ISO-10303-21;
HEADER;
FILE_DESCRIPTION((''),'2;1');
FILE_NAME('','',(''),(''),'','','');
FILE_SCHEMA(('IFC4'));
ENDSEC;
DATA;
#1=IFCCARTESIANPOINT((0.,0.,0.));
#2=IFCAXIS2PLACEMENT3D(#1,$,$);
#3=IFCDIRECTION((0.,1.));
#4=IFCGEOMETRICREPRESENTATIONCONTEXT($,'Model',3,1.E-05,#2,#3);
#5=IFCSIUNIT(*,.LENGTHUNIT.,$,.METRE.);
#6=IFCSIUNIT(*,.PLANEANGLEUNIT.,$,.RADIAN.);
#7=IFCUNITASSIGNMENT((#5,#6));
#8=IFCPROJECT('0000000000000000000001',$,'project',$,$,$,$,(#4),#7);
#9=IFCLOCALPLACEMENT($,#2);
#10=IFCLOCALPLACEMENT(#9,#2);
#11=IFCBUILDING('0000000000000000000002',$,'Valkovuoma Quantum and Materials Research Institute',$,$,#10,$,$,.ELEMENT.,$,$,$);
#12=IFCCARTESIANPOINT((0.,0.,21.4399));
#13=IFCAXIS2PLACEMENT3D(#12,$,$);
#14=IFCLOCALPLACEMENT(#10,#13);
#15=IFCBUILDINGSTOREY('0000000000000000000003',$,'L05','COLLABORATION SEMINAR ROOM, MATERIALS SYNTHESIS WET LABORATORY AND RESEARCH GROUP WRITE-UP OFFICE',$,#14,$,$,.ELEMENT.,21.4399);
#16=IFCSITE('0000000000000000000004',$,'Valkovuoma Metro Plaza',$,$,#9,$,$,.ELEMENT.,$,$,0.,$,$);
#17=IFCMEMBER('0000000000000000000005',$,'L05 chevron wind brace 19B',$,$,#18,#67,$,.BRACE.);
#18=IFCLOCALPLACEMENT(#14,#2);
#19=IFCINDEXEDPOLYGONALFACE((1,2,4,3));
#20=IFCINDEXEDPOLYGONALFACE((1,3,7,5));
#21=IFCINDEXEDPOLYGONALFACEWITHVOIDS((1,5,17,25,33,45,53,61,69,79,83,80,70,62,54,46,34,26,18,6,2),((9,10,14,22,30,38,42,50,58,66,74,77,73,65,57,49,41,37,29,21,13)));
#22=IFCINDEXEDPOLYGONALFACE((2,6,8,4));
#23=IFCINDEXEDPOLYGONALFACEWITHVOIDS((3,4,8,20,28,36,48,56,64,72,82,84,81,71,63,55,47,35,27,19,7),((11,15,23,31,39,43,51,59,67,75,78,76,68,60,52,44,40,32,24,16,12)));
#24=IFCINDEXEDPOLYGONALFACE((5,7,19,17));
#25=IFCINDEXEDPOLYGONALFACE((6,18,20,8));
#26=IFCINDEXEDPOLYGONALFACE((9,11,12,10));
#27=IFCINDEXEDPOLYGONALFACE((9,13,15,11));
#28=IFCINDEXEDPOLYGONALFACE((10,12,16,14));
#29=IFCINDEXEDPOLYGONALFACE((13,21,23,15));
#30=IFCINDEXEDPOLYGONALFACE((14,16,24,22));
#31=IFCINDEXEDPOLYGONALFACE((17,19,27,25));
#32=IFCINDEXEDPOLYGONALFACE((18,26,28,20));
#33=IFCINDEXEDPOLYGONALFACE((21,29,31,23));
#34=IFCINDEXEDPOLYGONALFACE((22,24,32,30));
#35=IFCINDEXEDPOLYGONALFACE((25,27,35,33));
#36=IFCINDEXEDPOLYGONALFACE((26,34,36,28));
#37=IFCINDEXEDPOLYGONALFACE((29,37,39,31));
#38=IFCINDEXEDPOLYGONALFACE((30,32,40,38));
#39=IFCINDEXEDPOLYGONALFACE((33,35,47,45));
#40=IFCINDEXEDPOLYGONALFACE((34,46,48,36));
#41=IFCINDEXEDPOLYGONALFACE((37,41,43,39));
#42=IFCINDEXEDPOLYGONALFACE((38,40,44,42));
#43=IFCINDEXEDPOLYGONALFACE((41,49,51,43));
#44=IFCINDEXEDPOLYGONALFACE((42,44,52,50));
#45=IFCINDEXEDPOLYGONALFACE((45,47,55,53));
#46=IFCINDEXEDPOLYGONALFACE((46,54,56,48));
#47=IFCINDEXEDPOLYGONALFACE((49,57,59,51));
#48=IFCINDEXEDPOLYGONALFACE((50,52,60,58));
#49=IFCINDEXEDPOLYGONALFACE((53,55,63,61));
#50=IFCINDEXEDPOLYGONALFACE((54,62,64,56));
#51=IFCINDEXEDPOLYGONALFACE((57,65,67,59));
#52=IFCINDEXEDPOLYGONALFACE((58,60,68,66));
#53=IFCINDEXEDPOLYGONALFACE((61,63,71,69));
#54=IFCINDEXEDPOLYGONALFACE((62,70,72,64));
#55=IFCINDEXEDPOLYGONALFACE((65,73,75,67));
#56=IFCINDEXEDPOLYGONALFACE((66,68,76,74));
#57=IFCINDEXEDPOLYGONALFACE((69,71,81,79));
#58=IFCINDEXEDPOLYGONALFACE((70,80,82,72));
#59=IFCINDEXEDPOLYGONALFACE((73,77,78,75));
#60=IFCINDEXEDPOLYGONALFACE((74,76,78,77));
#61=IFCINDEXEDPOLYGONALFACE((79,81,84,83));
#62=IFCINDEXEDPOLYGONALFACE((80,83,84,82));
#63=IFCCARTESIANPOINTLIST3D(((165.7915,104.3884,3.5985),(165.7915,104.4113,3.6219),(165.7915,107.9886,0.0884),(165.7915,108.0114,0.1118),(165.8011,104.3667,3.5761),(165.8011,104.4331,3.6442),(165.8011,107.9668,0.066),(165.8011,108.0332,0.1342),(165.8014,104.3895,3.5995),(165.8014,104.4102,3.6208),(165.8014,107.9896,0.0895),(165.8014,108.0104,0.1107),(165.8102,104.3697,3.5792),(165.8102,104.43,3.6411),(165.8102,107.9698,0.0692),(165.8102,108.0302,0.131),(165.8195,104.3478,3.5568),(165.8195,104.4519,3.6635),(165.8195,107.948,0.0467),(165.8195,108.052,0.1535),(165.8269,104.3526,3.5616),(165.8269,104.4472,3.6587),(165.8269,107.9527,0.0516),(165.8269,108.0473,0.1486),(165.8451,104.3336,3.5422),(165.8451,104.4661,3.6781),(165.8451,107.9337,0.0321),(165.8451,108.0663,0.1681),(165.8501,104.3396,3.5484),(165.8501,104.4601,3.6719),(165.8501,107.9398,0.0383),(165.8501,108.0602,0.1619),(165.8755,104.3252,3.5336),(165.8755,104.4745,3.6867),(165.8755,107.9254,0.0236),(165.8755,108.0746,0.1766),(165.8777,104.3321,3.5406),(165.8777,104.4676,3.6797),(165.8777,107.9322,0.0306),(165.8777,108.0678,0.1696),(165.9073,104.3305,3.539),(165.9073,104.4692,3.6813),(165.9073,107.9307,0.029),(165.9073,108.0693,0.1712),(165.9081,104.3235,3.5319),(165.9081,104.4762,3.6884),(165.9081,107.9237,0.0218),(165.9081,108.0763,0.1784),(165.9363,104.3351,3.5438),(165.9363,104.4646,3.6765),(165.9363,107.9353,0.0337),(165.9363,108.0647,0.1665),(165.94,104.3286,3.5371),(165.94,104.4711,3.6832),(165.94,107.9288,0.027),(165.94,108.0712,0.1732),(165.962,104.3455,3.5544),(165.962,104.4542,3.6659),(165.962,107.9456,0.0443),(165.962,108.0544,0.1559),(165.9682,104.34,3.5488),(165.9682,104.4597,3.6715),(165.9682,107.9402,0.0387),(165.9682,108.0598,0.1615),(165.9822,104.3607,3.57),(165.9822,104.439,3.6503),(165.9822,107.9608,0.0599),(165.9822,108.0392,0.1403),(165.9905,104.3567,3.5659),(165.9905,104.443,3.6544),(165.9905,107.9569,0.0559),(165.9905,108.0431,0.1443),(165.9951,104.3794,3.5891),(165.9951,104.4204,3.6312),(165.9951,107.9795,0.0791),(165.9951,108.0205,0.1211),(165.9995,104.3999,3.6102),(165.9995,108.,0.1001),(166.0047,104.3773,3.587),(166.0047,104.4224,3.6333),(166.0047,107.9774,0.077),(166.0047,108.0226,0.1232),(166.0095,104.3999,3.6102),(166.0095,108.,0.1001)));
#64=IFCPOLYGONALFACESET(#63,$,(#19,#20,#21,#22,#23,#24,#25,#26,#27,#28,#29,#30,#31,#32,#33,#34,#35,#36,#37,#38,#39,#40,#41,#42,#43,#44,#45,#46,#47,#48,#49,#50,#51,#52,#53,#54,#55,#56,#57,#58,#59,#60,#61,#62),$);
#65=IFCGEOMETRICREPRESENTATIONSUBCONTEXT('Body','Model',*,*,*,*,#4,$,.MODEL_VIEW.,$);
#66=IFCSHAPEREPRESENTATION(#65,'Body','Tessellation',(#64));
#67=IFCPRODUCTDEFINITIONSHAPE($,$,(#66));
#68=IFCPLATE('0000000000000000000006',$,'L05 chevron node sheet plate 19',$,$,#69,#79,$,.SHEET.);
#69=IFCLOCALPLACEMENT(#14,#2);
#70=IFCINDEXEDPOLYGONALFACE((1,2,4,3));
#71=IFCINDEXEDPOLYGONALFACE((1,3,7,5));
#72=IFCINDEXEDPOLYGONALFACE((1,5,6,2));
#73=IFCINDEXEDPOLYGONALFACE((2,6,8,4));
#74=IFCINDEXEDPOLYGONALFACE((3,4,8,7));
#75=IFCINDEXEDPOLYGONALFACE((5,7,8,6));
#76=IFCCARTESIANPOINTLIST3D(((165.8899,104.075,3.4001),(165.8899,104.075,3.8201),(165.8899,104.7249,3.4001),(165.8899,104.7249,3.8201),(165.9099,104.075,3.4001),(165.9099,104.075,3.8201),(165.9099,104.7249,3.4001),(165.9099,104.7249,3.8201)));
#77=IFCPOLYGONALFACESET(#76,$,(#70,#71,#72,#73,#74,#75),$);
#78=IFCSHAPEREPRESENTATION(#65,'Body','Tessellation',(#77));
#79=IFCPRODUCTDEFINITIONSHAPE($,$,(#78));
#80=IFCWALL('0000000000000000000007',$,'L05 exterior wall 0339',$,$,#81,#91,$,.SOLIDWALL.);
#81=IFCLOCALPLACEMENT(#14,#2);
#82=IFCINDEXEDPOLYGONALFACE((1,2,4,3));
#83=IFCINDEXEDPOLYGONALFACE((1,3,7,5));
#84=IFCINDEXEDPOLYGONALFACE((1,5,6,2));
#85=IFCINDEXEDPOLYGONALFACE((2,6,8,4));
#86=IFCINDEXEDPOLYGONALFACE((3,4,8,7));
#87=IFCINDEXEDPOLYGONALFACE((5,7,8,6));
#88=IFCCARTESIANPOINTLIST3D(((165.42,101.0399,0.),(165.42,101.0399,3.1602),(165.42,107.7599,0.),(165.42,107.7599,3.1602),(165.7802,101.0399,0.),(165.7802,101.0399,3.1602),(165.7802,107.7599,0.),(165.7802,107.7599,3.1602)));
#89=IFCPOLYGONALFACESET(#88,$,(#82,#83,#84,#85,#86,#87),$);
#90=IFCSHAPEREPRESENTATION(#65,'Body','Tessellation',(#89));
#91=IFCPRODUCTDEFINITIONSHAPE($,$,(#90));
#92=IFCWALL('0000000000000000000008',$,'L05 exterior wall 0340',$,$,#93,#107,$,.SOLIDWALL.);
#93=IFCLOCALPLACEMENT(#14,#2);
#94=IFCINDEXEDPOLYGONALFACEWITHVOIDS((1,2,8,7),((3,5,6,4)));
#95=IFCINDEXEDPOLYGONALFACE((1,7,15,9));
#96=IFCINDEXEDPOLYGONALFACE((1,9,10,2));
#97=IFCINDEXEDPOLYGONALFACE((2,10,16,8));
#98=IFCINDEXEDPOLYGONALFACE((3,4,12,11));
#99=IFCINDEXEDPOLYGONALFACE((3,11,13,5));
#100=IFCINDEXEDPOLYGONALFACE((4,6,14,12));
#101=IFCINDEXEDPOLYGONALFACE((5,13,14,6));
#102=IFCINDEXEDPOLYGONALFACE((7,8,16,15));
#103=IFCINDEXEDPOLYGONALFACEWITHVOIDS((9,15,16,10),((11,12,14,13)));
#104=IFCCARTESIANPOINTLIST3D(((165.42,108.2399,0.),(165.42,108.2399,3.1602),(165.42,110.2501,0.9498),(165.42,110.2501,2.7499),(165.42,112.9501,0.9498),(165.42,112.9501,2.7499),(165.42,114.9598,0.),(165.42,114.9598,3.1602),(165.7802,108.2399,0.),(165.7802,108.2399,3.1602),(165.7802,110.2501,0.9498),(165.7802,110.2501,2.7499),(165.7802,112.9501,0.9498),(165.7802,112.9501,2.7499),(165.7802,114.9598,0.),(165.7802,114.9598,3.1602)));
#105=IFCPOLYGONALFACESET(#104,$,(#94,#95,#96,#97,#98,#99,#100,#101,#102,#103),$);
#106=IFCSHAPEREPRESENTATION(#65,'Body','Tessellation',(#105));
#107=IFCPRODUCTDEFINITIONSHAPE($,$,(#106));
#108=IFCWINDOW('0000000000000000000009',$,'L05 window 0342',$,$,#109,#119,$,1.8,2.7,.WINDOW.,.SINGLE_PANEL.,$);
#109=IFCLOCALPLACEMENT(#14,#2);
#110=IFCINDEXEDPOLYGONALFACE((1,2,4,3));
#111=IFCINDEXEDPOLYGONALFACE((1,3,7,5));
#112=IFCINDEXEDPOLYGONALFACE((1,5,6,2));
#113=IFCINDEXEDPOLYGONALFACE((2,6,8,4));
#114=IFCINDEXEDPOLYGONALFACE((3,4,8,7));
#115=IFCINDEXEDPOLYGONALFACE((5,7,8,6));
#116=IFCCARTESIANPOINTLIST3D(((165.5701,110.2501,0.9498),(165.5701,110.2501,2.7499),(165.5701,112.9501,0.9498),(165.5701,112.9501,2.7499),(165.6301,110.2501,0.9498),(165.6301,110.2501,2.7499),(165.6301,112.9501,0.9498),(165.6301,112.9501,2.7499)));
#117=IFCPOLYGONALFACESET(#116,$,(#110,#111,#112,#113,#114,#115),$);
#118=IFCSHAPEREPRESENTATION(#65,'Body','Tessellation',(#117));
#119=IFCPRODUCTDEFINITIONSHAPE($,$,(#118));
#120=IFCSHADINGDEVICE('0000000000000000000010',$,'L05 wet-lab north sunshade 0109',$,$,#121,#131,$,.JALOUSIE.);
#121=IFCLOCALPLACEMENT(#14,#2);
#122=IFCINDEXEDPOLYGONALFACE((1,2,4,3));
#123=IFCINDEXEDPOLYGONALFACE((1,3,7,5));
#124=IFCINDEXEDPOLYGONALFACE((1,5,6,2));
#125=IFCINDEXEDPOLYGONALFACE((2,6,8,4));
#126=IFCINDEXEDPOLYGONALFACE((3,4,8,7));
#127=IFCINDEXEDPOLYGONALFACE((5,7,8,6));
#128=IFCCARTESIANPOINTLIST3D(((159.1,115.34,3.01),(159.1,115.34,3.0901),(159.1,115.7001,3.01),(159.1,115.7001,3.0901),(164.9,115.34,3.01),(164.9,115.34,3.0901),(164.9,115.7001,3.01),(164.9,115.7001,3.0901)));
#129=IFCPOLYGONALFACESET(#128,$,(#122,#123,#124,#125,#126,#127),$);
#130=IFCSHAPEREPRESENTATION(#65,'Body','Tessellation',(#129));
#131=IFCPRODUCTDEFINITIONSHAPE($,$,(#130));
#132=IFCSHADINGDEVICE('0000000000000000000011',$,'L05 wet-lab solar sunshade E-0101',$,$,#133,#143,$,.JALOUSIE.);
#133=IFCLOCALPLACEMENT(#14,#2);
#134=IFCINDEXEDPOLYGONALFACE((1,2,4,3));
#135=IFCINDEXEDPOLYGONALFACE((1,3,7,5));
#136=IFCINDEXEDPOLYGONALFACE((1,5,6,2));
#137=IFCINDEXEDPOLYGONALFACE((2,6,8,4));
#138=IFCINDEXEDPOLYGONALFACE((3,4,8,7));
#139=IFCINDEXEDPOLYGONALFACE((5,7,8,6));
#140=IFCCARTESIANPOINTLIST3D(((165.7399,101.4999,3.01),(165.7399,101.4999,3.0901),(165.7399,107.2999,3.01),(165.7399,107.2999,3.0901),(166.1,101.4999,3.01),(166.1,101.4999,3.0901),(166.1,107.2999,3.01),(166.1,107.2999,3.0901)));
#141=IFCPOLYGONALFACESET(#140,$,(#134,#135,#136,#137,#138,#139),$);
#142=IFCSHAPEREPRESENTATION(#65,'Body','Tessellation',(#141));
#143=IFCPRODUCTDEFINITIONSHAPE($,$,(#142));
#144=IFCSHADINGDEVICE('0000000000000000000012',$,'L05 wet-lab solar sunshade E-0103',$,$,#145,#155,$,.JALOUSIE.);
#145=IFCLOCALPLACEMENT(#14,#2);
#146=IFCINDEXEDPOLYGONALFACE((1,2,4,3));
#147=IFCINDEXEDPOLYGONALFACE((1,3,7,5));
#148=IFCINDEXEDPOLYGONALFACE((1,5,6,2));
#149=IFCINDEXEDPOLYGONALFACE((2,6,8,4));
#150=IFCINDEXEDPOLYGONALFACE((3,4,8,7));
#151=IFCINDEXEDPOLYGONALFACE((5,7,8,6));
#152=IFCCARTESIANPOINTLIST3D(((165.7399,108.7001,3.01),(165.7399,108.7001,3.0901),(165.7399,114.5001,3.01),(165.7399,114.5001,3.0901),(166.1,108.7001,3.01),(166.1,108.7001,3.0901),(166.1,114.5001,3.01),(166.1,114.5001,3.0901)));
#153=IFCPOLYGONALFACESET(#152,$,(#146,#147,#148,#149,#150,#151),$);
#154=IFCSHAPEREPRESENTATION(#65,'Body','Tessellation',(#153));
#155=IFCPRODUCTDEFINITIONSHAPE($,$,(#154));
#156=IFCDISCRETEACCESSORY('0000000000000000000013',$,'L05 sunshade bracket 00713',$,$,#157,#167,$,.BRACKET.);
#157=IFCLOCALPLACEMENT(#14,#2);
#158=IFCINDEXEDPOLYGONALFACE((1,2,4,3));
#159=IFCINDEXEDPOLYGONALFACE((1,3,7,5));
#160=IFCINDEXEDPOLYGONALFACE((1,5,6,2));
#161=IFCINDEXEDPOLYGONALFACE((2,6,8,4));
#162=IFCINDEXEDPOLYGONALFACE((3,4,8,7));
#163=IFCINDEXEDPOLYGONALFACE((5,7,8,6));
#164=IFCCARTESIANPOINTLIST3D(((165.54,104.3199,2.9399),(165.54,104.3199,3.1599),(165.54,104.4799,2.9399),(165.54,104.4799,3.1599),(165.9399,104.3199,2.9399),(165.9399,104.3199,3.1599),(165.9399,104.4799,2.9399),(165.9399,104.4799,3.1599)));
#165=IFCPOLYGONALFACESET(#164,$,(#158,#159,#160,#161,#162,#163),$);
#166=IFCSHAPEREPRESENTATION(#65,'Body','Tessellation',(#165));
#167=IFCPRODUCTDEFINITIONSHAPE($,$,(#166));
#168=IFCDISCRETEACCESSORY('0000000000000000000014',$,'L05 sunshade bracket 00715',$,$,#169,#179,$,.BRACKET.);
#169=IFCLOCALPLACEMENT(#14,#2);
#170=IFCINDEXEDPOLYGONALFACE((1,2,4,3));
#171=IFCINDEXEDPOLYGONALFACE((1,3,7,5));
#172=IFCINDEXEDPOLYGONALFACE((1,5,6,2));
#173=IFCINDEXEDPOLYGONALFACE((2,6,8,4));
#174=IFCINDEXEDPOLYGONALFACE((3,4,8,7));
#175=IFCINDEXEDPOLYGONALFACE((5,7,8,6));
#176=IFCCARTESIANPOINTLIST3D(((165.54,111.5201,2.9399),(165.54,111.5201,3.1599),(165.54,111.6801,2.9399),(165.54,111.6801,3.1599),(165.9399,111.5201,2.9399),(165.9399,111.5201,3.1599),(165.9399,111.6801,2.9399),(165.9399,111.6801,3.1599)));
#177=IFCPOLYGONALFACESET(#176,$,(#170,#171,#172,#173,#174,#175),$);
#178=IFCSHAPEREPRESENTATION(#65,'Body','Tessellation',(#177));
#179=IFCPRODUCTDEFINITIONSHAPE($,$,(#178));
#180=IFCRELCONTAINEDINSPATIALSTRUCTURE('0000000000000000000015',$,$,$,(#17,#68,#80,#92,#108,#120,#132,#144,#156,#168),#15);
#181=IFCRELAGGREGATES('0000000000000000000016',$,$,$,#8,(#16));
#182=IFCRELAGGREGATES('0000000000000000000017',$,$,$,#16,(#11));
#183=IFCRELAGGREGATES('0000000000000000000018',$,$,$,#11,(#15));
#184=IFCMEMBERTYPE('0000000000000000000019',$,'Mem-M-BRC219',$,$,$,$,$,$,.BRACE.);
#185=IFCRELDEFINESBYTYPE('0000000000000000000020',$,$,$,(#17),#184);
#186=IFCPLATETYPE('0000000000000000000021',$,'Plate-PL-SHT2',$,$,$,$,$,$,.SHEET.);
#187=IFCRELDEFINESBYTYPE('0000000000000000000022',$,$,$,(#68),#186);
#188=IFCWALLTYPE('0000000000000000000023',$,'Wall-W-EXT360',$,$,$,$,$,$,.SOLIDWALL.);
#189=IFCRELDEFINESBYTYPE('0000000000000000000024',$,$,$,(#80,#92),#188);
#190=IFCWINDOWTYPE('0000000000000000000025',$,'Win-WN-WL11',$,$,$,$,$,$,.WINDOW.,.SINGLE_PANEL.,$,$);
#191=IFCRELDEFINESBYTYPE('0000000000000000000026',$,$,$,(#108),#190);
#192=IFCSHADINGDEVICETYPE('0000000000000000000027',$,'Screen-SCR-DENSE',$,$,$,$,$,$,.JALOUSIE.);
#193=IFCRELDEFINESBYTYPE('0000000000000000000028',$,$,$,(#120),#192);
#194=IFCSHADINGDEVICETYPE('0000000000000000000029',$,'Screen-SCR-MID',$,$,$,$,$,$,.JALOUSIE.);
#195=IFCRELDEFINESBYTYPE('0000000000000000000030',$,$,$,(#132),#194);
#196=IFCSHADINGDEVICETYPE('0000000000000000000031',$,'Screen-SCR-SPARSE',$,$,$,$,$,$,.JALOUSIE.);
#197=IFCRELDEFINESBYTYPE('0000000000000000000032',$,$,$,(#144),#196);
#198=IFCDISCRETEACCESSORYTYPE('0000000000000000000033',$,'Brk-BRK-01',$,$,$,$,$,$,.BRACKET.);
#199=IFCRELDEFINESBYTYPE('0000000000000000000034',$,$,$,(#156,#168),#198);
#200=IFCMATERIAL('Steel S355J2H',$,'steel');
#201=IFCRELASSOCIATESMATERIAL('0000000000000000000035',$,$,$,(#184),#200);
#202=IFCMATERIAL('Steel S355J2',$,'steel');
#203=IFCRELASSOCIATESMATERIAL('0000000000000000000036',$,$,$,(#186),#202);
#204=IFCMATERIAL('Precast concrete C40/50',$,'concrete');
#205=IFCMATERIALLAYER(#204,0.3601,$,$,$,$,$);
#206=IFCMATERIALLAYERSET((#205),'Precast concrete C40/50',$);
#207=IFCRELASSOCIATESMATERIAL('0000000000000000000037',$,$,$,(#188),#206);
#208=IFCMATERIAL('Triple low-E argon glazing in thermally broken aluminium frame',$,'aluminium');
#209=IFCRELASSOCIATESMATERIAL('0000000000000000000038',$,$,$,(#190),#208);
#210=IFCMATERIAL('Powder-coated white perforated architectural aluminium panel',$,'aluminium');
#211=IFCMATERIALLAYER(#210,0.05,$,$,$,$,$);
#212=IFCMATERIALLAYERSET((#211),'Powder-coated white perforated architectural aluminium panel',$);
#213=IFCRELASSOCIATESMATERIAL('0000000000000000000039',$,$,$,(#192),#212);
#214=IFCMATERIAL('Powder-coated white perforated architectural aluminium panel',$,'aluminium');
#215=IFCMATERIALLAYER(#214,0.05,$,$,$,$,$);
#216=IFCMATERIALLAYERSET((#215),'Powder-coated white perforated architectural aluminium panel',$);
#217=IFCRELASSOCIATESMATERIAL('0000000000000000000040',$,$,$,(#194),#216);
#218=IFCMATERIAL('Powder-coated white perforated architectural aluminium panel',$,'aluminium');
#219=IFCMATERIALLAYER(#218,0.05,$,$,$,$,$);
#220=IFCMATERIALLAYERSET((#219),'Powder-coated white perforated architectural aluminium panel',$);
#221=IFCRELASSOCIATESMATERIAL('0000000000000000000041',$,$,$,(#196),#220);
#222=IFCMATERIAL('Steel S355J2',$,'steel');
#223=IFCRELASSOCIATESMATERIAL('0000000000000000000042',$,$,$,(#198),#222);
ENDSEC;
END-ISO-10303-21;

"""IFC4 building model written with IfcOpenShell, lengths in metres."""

from ifc_helpers import new_model, si_unit, direction, frame, frame_2d, origin, origin_2d, place, context, subcontext, project, spatial, rectangle, hollow_circle, extrude, material, layer, layer_set, material_profile, profile_set, type_object, element, fill, save


model = new_model("IFC4")

# Units and contexts
model_context = context("Model", 3, precision=1e-05, world=origin(), true_north=direction((0.0, 1.0)))
body_context = subcontext(model_context, "Body", "Model", "MODEL_VIEW")
ifc_project = project(units=[si_unit("LENGTHUNIT", "METRE"), si_unit("PLANEANGLEUNIT", "RADIAN")], contexts=[model_context])

# Site, building, storey
site_placement = place(None, origin())
site = spatial("IfcSite", under=ifc_project, at=site_placement, Name="Valkovuoma Metro Plaza", CompositionType="ELEMENT", RefElevation=0.0)
building_placement = place(site_placement, origin())
building = spatial("IfcBuilding", under=site, at=building_placement, Name="Valkovuoma Quantum and Materials Research Institute", CompositionType="ELEMENT")
storey_placement = place(building_placement, frame((0.0, 0.0, 21.4399)))
storey = spatial("IfcBuildingStorey", under=building, at=storey_placement, Name="L05", Description="COLLABORATION SEMINAR ROOM, MATERIALS SYNTHESIS WET LABORATORY AND RESEARCH GROUP WRITE-UP OFFICE", CompositionType="ELEMENT", Elevation=21.4399)

# Member
ifc_material_1 = material(Name="Steel S355J2H", Category="steel")
ifc_material_profile_1 = material_profile(ifc_material_1, hollow_circle(Radius=0.1096, WallThickness=0.01, at=origin_2d()), Name="Steel S355J2H")
ifc_profile_set_1 = profile_set([ifc_material_profile_1], Name="Steel S355J2H")
member_type = type_object("IfcMemberType", Name="Mem-M-BRC219", PredefinedType="BRACE", material=ifc_profile_set_1)
member_1_placement = place(storey_placement, frame((165.8999, 108.0, 0.1001), z_axis=(0.0, -0.716009, 0.698091), x_axis=(1.0, 0.0, 0.0)))
element("IfcMember", 1, at=member_1_placement, inside=storey, type_object=member_type, Name="L05 chevron wind brace 19B", PredefinedType="BRACE", context=body_context, shape_type="SweptSolid", body=[
    extrude(hollow_circle(Radius=0.1096, WallThickness=0.01, at=origin_2d()), origin(), (0.0, 0.0, 1.0), 5.0281),
])

# Plate
ifc_material_2 = material(Name="Steel S355J2", Category="steel")
plate_type = type_object("IfcPlateType", Name="Plate-PL-SHT2", PredefinedType="SHEET", material=ifc_material_2)
plate_placement = place(storey_placement, frame((165.8999, 104.3999, 3.4001), z_axis=(0.0, 0.0, 1.0), x_axis=(0.0, 1.0, 0.0)))
element("IfcPlate", 2, at=plate_placement, inside=storey, type_object=plate_type, Name="L05 chevron node sheet plate 19", PredefinedType="SHEET", context=body_context, shape_type="SweptSolid", body=[
    extrude(rectangle(XDim=0.6499, YDim=0.02, at=origin_2d()), origin(), (0.0, 0.0, 1.0), 0.4199),
])

# Wall
ifc_material_3 = material(Name="Precast concrete C40/50", Category="concrete")
ifc_layer_1 = layer(ifc_material_3, 0.3601)
ifc_layer_set_1 = layer_set([ifc_layer_1], Name="Precast concrete C40/50")
wall_type = type_object("IfcWallType", Name="Wall-W-EXT360", PredefinedType="SOLIDWALL", material=ifc_layer_set_1)
wall_1_placement = place(storey_placement, frame((165.6001, 101.04, 0.0), z_axis=(0.0, 0.0, 1.0), x_axis=(0.0, 1.0, 0.0)))
element("IfcWall", 3, at=wall_1_placement, inside=storey, type_object=wall_type, Name="L05 exterior wall 0339", PredefinedType="SOLIDWALL", context=body_context, shape_type="SweptSolid", body=[
    extrude(rectangle(XDim=6.72, YDim=0.3601, at=frame_2d((3.3599, 0.0))), origin(), (0.0, 0.0, 1.0), 3.1602),
])

# Wall, opening, window
wall_2_placement = place(storey_placement, frame((165.6001, 108.24, 0.0), z_axis=(0.0, 0.0, 1.0), x_axis=(0.0, 1.0, 0.0)))
wall_2 = element("IfcWall", 4, at=wall_2_placement, inside=storey, type_object=wall_type, Name="L05 exterior wall 0340", PredefinedType="SOLIDWALL", context=body_context, shape_type="SweptSolid", body=[
    extrude(rectangle(XDim=6.72, YDim=0.3601, at=frame_2d((3.3599, 0.0))), origin(), (0.0, 0.0, 1.0), 3.1602),
])
opening_placement = place(wall_2_placement, frame((2.01, 0.0, 0.95)))
opening = element("IfcOpeningElement", 5, at=opening_placement, cuts=wall_2, PredefinedType="OPENING", context=body_context, shape_type="SweptSolid", body=[
    extrude(rectangle(XDim=2.7, YDim=1.8, at=frame_2d((1.3501, 0.8999))), frame((0.0, 0.1899, 0.0), z_axis=(0.0, -1.0, 0.0), x_axis=(1.0, 0.0, 0.0)), (0.0, 0.0, 1.0), 0.3801),
])
ifc_material_4 = material(Name="Triple low-E argon glazing in thermally broken aluminium frame", Category="aluminium")
window_type = type_object("IfcWindowType", Name="Win-WN-WL11", PartitioningType="SINGLE_PANEL", PredefinedType="WINDOW", material=ifc_material_4)
window_placement = place(opening_placement, origin())
window = element("IfcWindow", 6, at=window_placement, inside=storey, type_object=window_type, Name="L05 window 0342", OverallHeight=1.8, OverallWidth=2.7, PartitioningType="SINGLE_PANEL", PredefinedType="WINDOW", context=body_context, shape_type="SweptSolid", body=[
    extrude(rectangle(XDim=2.7, YDim=1.8, at=frame_2d((1.3501, 0.8999))), frame((0.0, 0.03, 0.0), z_axis=(0.0, -1.0, 0.0), x_axis=(1.0, 0.0, 0.0)), (0.0, 0.0, 1.0), 0.0601),
])
fill(opening, window)

# Shading devices
ifc_material_5 = material(Name="Powder-coated white perforated architectural aluminium panel", Category="aluminium")
ifc_layer_2 = layer(ifc_material_5, 0.05)
ifc_layer_set_2 = layer_set([ifc_layer_2], Name="Powder-coated white perforated architectural aluminium panel")
shading_device_type_1 = type_object("IfcShadingDeviceType", Name="Screen-SCR-DENSE", PredefinedType="JALOUSIE", material=ifc_layer_set_2)
shading_device_1_placement = place(storey_placement, frame((162.0, 115.52, 3.01), z_axis=(0.0, 0.0, 1.0), x_axis=(1.0, 0.0, 0.0)))
element("IfcShadingDevice", 7, at=shading_device_1_placement, inside=storey, type_object=shading_device_type_1, Name="L05 wet-lab north sunshade 0109", PredefinedType="JALOUSIE", context=body_context, shape_type="SweptSolid", body=[
    extrude(rectangle(XDim=5.8, YDim=0.3601, at=origin_2d()), origin(), (0.0, 0.0, 1.0), 0.0801),
])
ifc_material_6 = material(Name="Powder-coated white perforated architectural aluminium panel", Category="aluminium")
ifc_layer_3 = layer(ifc_material_6, 0.05)
ifc_layer_set_3 = layer_set([ifc_layer_3], Name="Powder-coated white perforated architectural aluminium panel")
shading_device_type_2 = type_object("IfcShadingDeviceType", Name="Screen-SCR-MID", PredefinedType="JALOUSIE", material=ifc_layer_set_3)
shading_device_2_placement = place(storey_placement, frame((165.9199, 104.3999, 3.01), z_axis=(0.0, 0.0, 1.0), x_axis=(1.0, 0.0, 0.0)))
element("IfcShadingDevice", 8, at=shading_device_2_placement, inside=storey, type_object=shading_device_type_2, Name="L05 wet-lab solar sunshade E-0101", PredefinedType="JALOUSIE", context=body_context, shape_type="SweptSolid", body=[
    extrude(rectangle(XDim=0.3601, YDim=5.8, at=origin_2d()), origin(), (0.0, 0.0, 1.0), 0.0801),
])
ifc_material_7 = material(Name="Powder-coated white perforated architectural aluminium panel", Category="aluminium")
ifc_layer_4 = layer(ifc_material_7, 0.05)
ifc_layer_set_4 = layer_set([ifc_layer_4], Name="Powder-coated white perforated architectural aluminium panel")
shading_device_type_3 = type_object("IfcShadingDeviceType", Name="Screen-SCR-SPARSE", PredefinedType="JALOUSIE", material=ifc_layer_set_4)
shading_device_3_placement = place(storey_placement, frame((165.9199, 111.6001, 3.01), z_axis=(0.0, 0.0, 1.0), x_axis=(1.0, 0.0, 0.0)))
element("IfcShadingDevice", 9, at=shading_device_3_placement, inside=storey, type_object=shading_device_type_3, Name="L05 wet-lab solar sunshade E-0103", PredefinedType="JALOUSIE", context=body_context, shape_type="SweptSolid", body=[
    extrude(rectangle(XDim=0.3601, YDim=5.8, at=origin_2d()), origin(), (0.0, 0.0, 1.0), 0.0801),
])

# Discrete accessories
ifc_material_8 = material(Name="Steel S355J2", Category="steel")
discrete_accessory_type_1 = type_object("IfcDiscreteAccessoryType", Name="Brk-BRK-01", PredefinedType="BRACKET", material=ifc_material_8)
for number, where, z_axis, x_axis, name in (
    (10, (165.74, 104.3999, 2.9399), (0.0, 0.0, 1.0), (1.0, 0.0, 0.0), "L05 sunshade bracket 00713"),
    (11, (165.74, 111.6001, 2.9399), (0.0, 0.0, 1.0), (1.0, 0.0, 0.0), "L05 sunshade bracket 00715"),
):
    element("IfcDiscreteAccessory", number, at=place(storey_placement, frame(where, z_axis=z_axis, x_axis=x_axis)), inside=storey, type_object=discrete_accessory_type_1, Name=name, PredefinedType="BRACKET", context=body_context, shape_type="SweptSolid", body=[
        extrude(rectangle(XDim=0.3999, YDim=0.1599, at=origin_2d()), origin(), (0.0, 0.0, 1.0), 0.22),
    ])

save(model, "model.ifc")
